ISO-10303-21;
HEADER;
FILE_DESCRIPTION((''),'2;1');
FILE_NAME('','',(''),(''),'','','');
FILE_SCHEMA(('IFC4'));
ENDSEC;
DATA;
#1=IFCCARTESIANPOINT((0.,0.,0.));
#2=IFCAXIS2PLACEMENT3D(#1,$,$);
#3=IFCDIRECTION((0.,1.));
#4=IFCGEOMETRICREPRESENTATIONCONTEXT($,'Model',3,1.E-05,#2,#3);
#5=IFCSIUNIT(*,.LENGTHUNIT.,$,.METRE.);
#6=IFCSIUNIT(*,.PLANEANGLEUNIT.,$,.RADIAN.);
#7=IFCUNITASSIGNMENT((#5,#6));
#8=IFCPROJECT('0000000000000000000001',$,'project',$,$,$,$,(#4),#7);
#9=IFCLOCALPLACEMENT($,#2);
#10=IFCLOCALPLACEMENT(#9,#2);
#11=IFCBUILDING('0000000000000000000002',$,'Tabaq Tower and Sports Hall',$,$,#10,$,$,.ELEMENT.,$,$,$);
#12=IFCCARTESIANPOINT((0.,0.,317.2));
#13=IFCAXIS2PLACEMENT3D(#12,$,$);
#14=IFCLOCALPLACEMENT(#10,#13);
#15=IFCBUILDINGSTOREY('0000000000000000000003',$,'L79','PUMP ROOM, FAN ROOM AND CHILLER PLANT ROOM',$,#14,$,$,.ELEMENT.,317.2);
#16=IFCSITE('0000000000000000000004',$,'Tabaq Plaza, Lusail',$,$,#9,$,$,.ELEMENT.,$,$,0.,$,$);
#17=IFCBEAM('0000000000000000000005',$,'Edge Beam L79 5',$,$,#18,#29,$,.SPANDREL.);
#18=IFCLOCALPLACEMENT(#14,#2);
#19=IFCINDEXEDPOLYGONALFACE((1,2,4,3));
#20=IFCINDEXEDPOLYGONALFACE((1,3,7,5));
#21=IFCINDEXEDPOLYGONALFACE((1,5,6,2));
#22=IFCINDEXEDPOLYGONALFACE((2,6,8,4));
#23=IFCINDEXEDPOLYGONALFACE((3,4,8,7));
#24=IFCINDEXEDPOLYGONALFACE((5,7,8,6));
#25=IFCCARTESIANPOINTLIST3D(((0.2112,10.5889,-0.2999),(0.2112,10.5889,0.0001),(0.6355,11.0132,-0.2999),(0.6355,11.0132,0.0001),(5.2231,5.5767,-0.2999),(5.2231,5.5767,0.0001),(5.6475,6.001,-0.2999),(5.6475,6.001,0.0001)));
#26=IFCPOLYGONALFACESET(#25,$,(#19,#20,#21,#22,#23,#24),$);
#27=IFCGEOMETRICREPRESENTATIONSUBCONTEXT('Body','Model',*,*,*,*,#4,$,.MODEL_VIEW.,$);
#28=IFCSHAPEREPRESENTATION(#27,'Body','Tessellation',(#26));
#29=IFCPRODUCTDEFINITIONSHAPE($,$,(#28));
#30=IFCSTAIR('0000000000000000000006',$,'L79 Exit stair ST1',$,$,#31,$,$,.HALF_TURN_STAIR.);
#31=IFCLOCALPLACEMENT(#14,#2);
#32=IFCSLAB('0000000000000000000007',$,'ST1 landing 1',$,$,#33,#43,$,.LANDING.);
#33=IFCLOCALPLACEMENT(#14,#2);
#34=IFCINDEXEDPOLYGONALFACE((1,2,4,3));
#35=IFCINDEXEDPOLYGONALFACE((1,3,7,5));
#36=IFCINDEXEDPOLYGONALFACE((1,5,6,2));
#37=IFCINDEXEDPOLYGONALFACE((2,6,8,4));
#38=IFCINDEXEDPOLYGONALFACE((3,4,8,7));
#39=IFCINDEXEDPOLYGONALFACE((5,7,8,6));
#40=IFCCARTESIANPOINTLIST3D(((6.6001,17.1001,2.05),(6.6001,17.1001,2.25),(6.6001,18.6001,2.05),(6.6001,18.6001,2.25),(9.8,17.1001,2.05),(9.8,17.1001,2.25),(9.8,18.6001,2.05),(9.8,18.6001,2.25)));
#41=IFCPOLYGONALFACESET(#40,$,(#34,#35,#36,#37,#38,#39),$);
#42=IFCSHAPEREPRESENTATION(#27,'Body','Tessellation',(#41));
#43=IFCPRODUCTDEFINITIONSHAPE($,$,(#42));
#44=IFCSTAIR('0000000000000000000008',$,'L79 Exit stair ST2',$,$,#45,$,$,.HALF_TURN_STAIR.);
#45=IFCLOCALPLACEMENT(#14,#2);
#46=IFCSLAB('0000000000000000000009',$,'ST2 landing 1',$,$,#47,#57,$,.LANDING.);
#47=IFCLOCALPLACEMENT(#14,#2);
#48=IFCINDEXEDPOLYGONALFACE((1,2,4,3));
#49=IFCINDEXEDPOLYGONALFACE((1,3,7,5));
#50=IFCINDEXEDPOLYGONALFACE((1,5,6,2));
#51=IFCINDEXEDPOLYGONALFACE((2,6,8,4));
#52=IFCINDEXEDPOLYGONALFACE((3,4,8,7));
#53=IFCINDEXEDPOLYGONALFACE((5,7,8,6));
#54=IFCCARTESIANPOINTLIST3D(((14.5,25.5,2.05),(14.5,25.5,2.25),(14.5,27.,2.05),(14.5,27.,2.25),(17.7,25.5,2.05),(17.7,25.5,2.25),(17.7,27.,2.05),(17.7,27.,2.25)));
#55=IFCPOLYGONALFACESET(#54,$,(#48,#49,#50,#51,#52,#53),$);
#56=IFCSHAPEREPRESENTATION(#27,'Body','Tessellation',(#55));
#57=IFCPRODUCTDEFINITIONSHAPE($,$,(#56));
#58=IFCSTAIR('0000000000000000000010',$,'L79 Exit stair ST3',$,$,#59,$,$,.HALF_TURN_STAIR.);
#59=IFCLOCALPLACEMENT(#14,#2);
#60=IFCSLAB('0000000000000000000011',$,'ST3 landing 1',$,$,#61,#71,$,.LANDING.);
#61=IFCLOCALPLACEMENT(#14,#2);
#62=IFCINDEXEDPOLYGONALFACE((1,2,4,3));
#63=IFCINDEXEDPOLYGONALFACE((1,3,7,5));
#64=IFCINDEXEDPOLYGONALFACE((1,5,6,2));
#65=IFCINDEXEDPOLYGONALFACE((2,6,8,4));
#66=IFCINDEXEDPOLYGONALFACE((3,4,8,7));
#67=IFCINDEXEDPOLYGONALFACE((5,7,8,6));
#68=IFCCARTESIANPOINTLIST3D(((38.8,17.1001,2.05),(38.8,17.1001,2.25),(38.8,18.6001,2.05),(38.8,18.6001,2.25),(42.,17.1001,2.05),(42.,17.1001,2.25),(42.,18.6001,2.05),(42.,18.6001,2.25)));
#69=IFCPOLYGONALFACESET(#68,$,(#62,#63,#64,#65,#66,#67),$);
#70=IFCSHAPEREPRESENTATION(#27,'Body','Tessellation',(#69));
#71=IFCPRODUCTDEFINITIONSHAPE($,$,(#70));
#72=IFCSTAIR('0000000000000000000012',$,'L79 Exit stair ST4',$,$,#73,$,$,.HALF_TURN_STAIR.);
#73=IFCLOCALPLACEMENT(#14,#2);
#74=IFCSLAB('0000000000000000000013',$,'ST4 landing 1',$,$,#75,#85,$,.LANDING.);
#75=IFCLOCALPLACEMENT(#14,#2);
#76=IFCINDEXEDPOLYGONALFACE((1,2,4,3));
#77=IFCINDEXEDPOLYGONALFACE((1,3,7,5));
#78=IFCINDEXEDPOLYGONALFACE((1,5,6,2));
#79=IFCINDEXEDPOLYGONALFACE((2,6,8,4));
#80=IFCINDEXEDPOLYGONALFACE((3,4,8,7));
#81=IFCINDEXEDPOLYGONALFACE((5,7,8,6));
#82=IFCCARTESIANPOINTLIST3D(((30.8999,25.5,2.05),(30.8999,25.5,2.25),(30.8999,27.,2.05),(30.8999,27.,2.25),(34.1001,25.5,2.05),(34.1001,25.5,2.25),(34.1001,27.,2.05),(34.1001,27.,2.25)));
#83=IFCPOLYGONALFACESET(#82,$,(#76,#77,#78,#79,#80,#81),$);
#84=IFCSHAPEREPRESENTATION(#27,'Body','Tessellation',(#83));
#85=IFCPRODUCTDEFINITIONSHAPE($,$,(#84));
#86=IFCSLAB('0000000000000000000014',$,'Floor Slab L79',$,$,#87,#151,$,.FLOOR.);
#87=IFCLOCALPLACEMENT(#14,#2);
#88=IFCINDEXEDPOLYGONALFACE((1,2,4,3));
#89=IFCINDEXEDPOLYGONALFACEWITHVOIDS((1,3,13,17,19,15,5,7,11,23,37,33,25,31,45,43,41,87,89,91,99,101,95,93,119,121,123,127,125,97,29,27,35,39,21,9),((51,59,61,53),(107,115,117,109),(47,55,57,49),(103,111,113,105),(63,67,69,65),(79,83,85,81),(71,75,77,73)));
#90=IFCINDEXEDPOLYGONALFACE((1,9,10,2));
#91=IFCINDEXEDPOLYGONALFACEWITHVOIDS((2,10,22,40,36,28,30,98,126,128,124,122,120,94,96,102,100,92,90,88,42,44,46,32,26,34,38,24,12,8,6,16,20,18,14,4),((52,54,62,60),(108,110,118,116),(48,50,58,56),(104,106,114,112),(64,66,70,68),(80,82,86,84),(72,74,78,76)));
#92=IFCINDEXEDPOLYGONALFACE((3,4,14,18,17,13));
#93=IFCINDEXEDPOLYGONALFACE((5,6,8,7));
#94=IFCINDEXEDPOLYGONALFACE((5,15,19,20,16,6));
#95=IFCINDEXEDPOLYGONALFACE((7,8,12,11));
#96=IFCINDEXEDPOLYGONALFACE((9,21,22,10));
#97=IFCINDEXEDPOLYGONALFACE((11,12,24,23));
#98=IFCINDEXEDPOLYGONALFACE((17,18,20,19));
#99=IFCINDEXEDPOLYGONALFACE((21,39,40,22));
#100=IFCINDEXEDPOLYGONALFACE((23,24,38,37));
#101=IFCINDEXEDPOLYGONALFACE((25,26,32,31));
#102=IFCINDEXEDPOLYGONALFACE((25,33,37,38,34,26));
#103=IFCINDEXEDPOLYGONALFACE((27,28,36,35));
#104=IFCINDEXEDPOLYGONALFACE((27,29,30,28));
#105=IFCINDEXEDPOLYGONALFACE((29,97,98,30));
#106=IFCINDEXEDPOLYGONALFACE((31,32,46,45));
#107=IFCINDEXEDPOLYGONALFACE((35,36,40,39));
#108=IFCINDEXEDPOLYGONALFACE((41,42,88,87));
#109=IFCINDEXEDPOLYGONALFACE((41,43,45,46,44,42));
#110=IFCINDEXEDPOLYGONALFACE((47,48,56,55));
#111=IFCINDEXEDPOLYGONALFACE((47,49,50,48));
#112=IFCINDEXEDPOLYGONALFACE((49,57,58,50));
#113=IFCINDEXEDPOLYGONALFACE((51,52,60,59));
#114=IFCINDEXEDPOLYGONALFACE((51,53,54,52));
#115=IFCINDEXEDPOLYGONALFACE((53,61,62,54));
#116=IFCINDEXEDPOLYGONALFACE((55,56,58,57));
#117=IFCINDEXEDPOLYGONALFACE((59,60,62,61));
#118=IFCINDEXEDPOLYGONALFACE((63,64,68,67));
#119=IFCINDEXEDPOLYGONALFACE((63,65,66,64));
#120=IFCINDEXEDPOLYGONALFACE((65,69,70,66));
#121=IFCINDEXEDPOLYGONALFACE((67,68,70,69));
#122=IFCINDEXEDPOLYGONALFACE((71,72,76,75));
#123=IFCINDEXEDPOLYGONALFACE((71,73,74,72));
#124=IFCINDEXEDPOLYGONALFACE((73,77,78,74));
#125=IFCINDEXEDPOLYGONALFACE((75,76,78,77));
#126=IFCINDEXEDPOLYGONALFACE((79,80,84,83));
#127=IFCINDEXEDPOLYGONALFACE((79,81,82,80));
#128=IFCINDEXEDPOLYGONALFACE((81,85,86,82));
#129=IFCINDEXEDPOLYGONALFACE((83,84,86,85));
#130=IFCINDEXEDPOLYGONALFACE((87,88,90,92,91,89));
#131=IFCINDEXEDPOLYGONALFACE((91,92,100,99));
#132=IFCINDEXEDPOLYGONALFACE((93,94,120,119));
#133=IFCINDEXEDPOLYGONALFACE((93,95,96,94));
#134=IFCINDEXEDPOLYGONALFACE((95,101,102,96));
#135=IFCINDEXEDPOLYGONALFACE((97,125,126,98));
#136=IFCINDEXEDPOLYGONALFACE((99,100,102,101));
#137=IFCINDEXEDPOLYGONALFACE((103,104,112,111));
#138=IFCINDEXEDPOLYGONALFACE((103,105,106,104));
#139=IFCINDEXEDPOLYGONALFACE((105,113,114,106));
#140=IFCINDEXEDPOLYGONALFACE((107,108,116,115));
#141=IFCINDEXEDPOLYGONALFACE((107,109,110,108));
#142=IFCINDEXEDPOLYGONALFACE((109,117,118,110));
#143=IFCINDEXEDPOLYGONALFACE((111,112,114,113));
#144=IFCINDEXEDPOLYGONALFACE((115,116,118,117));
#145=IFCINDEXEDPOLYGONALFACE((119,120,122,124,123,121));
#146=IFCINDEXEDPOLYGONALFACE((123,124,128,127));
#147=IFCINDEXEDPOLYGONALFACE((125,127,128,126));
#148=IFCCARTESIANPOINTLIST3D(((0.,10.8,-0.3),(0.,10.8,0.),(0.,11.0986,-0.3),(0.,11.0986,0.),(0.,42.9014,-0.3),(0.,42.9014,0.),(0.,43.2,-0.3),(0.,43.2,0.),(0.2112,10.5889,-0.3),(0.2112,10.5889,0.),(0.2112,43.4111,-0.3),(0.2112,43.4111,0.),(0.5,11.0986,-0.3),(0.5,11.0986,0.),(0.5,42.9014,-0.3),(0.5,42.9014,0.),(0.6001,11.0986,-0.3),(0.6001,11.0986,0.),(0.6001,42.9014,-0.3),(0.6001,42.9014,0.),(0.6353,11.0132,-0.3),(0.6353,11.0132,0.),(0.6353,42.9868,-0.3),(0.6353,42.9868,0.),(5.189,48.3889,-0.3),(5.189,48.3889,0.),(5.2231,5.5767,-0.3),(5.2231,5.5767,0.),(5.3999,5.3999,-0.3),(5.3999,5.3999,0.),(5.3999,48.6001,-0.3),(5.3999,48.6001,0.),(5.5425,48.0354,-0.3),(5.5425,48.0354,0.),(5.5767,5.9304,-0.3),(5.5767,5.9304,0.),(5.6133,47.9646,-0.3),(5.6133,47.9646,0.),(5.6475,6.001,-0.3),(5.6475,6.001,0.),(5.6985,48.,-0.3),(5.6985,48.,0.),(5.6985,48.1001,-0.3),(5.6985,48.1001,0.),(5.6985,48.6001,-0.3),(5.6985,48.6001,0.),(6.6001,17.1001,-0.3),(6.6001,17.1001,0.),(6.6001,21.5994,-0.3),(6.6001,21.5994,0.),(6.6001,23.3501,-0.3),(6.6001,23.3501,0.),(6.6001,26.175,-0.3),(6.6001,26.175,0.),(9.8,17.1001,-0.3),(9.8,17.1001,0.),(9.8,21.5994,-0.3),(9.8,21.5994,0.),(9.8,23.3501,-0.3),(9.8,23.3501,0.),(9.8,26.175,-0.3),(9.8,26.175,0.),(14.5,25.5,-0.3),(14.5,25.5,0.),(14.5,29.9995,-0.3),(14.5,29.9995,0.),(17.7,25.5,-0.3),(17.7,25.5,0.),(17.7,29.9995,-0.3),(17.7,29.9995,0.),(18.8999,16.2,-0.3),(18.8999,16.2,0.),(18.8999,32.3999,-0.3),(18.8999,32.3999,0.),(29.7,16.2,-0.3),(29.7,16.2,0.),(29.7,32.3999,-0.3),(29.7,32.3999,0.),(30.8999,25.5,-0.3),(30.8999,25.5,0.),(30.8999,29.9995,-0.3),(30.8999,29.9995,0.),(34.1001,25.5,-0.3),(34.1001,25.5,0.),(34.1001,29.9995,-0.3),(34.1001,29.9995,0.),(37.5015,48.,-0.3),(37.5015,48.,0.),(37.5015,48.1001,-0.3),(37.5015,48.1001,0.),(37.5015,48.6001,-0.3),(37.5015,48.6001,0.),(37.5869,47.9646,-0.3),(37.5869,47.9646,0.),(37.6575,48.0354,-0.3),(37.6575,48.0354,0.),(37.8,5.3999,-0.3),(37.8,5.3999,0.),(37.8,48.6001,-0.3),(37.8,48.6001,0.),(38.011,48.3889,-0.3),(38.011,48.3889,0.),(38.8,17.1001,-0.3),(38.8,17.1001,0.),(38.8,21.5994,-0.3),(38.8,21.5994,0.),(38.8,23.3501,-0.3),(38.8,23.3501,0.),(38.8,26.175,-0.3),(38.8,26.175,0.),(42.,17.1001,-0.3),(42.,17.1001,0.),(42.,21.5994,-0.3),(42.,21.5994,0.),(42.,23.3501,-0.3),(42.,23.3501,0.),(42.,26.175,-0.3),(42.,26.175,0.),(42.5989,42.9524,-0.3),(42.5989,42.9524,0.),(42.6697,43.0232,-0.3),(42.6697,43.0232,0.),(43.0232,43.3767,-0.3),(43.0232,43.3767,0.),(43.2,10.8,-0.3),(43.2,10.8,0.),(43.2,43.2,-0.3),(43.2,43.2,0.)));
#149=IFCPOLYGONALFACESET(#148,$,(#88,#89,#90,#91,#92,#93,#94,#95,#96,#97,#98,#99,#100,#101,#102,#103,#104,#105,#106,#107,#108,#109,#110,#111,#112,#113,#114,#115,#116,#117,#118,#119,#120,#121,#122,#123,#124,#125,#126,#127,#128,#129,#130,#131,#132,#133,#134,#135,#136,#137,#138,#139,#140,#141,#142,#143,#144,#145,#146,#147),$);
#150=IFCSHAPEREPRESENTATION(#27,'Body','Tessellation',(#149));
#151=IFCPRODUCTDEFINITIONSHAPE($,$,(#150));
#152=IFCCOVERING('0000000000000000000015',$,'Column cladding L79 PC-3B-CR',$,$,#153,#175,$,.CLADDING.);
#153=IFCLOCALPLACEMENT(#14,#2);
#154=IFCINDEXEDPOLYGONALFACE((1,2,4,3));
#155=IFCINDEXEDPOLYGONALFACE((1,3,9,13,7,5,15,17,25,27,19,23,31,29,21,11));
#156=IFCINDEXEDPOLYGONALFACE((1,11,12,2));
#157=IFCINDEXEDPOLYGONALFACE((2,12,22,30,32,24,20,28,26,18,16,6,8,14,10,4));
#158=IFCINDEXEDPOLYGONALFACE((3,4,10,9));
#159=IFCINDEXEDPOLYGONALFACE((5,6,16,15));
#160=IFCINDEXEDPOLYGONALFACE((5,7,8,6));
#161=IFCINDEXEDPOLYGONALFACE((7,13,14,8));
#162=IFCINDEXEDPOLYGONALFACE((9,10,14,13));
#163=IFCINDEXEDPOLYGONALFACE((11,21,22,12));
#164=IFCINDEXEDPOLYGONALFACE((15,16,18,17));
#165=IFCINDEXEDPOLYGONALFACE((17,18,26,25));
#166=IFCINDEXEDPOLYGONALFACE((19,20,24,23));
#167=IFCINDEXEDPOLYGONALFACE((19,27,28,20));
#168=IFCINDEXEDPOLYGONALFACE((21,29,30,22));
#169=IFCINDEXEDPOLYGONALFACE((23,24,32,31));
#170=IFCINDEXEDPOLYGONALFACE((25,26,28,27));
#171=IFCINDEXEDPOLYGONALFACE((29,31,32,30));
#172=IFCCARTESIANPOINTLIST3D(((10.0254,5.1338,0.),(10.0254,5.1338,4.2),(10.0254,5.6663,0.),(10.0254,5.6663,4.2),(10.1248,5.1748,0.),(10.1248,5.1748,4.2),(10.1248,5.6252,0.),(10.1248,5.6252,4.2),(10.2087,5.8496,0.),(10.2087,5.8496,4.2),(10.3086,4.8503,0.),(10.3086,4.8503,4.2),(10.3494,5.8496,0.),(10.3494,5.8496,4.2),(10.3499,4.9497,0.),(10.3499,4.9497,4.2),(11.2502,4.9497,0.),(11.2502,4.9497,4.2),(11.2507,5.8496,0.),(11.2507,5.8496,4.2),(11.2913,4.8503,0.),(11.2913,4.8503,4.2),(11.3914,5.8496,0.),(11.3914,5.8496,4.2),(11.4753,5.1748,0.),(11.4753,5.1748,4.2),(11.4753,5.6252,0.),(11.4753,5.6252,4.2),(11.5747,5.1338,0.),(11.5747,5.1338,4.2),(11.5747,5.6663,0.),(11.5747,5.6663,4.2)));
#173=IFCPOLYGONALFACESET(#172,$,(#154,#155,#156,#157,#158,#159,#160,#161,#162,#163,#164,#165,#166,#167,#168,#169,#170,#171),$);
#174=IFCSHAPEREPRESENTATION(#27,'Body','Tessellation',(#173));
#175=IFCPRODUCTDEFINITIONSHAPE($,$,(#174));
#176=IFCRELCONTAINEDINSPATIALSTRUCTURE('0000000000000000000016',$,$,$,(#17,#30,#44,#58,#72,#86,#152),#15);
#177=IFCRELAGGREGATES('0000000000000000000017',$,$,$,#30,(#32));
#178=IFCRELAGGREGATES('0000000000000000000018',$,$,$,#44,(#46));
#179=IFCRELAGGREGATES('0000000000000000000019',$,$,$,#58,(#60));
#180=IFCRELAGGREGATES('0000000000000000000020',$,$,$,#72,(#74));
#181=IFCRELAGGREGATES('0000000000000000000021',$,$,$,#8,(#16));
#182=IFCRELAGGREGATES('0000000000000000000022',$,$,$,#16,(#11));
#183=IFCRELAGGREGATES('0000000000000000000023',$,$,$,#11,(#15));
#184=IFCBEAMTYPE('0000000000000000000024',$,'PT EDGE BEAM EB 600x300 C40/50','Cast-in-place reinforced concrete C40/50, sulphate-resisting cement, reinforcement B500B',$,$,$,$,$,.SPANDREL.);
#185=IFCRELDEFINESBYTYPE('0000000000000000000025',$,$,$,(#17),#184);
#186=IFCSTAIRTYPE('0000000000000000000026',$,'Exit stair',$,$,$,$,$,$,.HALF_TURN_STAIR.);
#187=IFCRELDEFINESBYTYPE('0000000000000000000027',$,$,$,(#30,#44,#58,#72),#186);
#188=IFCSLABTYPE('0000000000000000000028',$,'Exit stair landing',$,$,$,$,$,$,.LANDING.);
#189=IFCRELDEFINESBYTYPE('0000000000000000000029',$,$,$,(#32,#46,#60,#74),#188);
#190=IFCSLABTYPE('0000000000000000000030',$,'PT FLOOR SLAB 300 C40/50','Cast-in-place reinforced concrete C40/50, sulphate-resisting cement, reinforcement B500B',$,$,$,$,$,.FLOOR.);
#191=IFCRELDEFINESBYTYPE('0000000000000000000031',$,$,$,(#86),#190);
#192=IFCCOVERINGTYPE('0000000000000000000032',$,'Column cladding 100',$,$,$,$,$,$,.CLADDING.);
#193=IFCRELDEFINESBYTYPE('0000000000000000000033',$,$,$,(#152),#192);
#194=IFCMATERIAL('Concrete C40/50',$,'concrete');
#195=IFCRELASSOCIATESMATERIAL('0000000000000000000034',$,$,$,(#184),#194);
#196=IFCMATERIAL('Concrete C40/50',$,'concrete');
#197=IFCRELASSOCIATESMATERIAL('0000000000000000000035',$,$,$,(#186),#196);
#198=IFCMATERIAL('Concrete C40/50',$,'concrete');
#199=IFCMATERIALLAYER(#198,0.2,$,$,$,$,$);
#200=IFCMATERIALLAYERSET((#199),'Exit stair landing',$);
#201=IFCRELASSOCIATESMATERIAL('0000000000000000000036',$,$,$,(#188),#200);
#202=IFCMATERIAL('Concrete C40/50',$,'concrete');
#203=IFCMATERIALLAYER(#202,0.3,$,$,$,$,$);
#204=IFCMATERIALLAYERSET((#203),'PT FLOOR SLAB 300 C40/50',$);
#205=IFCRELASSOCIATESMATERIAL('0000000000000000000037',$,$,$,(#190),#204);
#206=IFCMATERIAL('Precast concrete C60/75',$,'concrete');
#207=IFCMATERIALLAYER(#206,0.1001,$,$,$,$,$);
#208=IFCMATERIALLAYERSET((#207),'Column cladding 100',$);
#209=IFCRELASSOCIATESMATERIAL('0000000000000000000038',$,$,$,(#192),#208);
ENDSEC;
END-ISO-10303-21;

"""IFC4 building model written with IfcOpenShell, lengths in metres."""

from ifc_helpers import new_model, si_unit, direction, frame, origin, origin_2d, place, context, subcontext, project, spatial, polyline, rectangle, outline, extrude, material, layer, layer_set, material_profile, profile_set, type_object, element, aggregate, save


model = new_model("IFC4")

# Units and contexts
model_context = context("Model", 3, precision=1e-05, world=origin(), true_north=direction((0.0, 1.0)))
body_context = subcontext(model_context, "Body", "Model", "MODEL_VIEW")
ifc_project = project(units=[si_unit("LENGTHUNIT", "METRE"), si_unit("PLANEANGLEUNIT", "RADIAN")], contexts=[model_context])

# Site, building, storey
site_placement = place(None, origin())
site = spatial("IfcSite", under=ifc_project, at=site_placement, Name="Tabaq Plaza, Lusail", CompositionType="ELEMENT", RefElevation=0.0)
building_placement = place(site_placement, origin())
building = spatial("IfcBuilding", under=site, at=building_placement, Name="Tabaq Tower and Sports Hall", CompositionType="ELEMENT")
storey_placement = place(building_placement, frame((0.0, 0.0, 317.2)))
storey = spatial("IfcBuildingStorey", under=building, at=storey_placement, Name="L79", Description="PUMP ROOM, FAN ROOM AND CHILLER PLANT ROOM", CompositionType="ELEMENT", Elevation=317.2)

# Beam
ifc_material_1 = material(Name="Concrete C40/50", Category="concrete")
ifc_material_profile = material_profile(ifc_material_1, rectangle(XDim=0.6001, YDim=0.3, at=origin_2d()), Name="EB 600x300")
ifc_profile_set = profile_set([ifc_material_profile], Name="Concrete C40/50")
beam_type = type_object("IfcBeamType", Name="PT EDGE BEAM EB 600x300 C40/50", Description="Cast-in-place reinforced concrete C40/50, sulphate-resisting cement, reinforcement B500B", PredefinedType="SPANDREL", material=ifc_profile_set)
beam_placement = place(storey_placement, frame((0.4233, 10.801, -0.1499), z_axis=(0.70709, -0.707124, 0.0), x_axis=(0.707124, 0.70709, 0.0)))
element("IfcBeam", 1, at=beam_placement, inside=storey, type_object=beam_type, Name="Edge Beam L79 5", PredefinedType="SPANDREL", context=body_context, shape_type="SweptSolid", body=[
    extrude(rectangle(XDim=0.6001, YDim=0.3, at=origin_2d()), origin(), (0.0, 0.0, 1.0), 7.0881),
])

# Stairs, slabs
ifc_material_2 = material(Name="Concrete C40/50", Category="concrete")
stair_type = type_object("IfcStairType", Name="Exit stair", PredefinedType="HALF_TURN_STAIR", material=ifc_material_2)
stair_1_placement = place(storey_placement, origin())
stair_1 = element("IfcStair", 2, at=stair_1_placement, inside=storey, type_object=stair_type, Name="L79 Exit stair ST1", PredefinedType="HALF_TURN_STAIR")
ifc_material_3 = material(Name="Concrete C40/50", Category="concrete")
ifc_layer_1 = layer(ifc_material_3, 0.2)
ifc_layer_set_1 = layer_set([ifc_layer_1], Name="Exit stair landing")
slab_type_1 = type_object("IfcSlabType", Name="Exit stair landing", PredefinedType="LANDING", material=ifc_layer_set_1)
slab_1_placement = place(storey_placement, frame((0.0, 0.0, 2.05)))
slab_1 = element("IfcSlab", 3, at=slab_1_placement, type_object=slab_type_1, Name="ST1 landing 1", PredefinedType="LANDING", context=body_context, shape_type="SweptSolid", body=[
    extrude(outline(polyline([(6.6001, 18.6001), (6.6001, 17.1001), (9.8, 17.1001), (9.8, 18.6001), (6.6001, 18.6001)])), origin(), (0.0, 0.0, 1.0), 0.2),
])
aggregate(stair_1, [slab_1])
stair_2_placement = place(storey_placement, origin())
stair_2 = element("IfcStair", 4, at=stair_2_placement, inside=storey, type_object=stair_type, Name="L79 Exit stair ST2", PredefinedType="HALF_TURN_STAIR")
slab_2_placement = place(storey_placement, frame((0.0, 0.0, 2.05)))
slab_2 = element("IfcSlab", 5, at=slab_2_placement, type_object=slab_type_1, Name="ST2 landing 1", PredefinedType="LANDING", context=body_context, shape_type="SweptSolid", body=[
    extrude(outline(polyline([(14.5, 27.0), (14.5, 25.5), (17.7, 25.5), (17.7, 27.0), (14.5, 27.0)])), origin(), (0.0, 0.0, 1.0), 0.2),
])
aggregate(stair_2, [slab_2])
stair_3_placement = place(storey_placement, origin())
stair_3 = element("IfcStair", 6, at=stair_3_placement, inside=storey, type_object=stair_type, Name="L79 Exit stair ST3", PredefinedType="HALF_TURN_STAIR")
slab_3_placement = place(storey_placement, frame((0.0, 0.0, 2.05)))
slab_3 = element("IfcSlab", 7, at=slab_3_placement, type_object=slab_type_1, Name="ST3 landing 1", PredefinedType="LANDING", context=body_context, shape_type="SweptSolid", body=[
    extrude(outline(polyline([(38.8, 18.6001), (38.8, 17.1001), (42.0, 17.1001), (42.0, 18.6001), (38.8, 18.6001)])), origin(), (0.0, 0.0, 1.0), 0.2),
])
aggregate(stair_3, [slab_3])
stair_4_placement = place(storey_placement, origin())
stair_4 = element("IfcStair", 8, at=stair_4_placement, inside=storey, type_object=stair_type, Name="L79 Exit stair ST4", PredefinedType="HALF_TURN_STAIR")
slab_4_placement = place(storey_placement, frame((0.0, 0.0, 2.05)))
slab_4 = element("IfcSlab", 9, at=slab_4_placement, type_object=slab_type_1, Name="ST4 landing 1", PredefinedType="LANDING", context=body_context, shape_type="SweptSolid", body=[
    extrude(outline(polyline([(30.8999, 27.0), (30.8999, 25.5), (34.1001, 25.5), (34.1001, 27.0), (30.8999, 27.0)])), origin(), (0.0, 0.0, 1.0), 0.2),
])
aggregate(stair_4, [slab_4])

# Slab
ifc_material_4 = material(Name="Concrete C40/50", Category="concrete")
ifc_layer_2 = layer(ifc_material_4, 0.3)
ifc_layer_set_2 = layer_set([ifc_layer_2], Name="PT FLOOR SLAB 300 C40/50")
slab_type_2 = type_object("IfcSlabType", Name="PT FLOOR SLAB 300 C40/50", Description="Cast-in-place reinforced concrete C40/50, sulphate-resisting cement, reinforcement B500B", PredefinedType="FLOOR", material=ifc_layer_set_2)
slab_5_placement = place(storey_placement, frame((0.0, 0.0, -0.3)))
element("IfcSlab", 10, at=slab_5_placement, inside=storey, type_object=slab_type_2, Name="Floor Slab L79", PredefinedType="FLOOR", context=body_context, shape_type="SweptSolid", body=[
    extrude(outline(polyline([(0.0, 11.0986), (0.0, 10.8), (0.2112, 10.5889), (0.6353, 11.0132), (5.6475, 6.001), (5.5767, 5.9304), (5.2231, 5.5767), (5.3999, 5.3999), (37.8, 5.3999), (43.2, 10.8), (43.2, 43.2), (43.0232, 43.3767), (42.6697, 43.0232), (42.5989, 42.9524), (37.5869, 47.9646), (37.6575, 48.0354), (38.011, 48.3889), (37.8, 48.6001), (37.5015, 48.6001), (37.5015, 48.1001), (37.5015, 48.0), (5.6985, 48.0), (5.6985, 48.1001), (5.6985, 48.6001), (5.3999, 48.6001), (5.189, 48.3889), (5.5425, 48.0354), (5.6133, 47.9646), (0.6353, 42.9868), (0.2112, 43.4111), (0.0, 43.2), (0.0, 42.9014), (0.5, 42.9014), (0.6001, 42.9014), (0.6001, 11.0986), (0.5, 11.0986), (0.0, 11.0986)]), holes=[polyline([(6.6001, 17.1001), (6.6001, 21.5994), (9.8, 21.5994), (9.8, 17.1001), (6.6001, 17.1001)]), polyline([(38.8, 21.5994), (42.0, 21.5994), (42.0, 17.1001), (38.8, 17.1001), (38.8, 21.5994)]), polyline([(18.8999, 16.2), (18.8999, 32.3999), (29.7, 32.3999), (29.7, 16.2), (18.8999, 16.2)]), polyline([(6.6001, 26.175), (9.8, 26.175), (9.8, 23.3501), (6.6001, 23.3501), (6.6001, 26.175)]), polyline([(38.8, 26.175), (42.0, 26.175), (42.0, 23.3501), (38.8, 23.3501), (38.8, 26.175)]), polyline([(14.5, 29.9995), (17.7, 29.9995), (17.7, 25.5), (14.5, 25.5), (14.5, 29.9995)]), polyline([(30.8999, 29.9995), (34.1001, 29.9995), (34.1001, 25.5), (30.8999, 25.5), (30.8999, 29.9995)])]), origin(), (0.0, 0.0, 1.0), 0.3),
])

# Covering
ifc_material_5 = material(Name="Precast concrete C60/75", Category="concrete")
ifc_layer_3 = layer(ifc_material_5, 0.1001)
ifc_layer_set_3 = layer_set([ifc_layer_3], Name="Column cladding 100")
covering_type_1 = type_object("IfcCoveringType", Name="Column cladding 100", PredefinedType="CLADDING", material=ifc_layer_set_3)
covering_1_placement = place(storey_placement, origin())
element("IfcCovering", 11, at=covering_1_placement, inside=storey, type_object=covering_type_1, Name="Column cladding L79 PC-3B-CR", PredefinedType="CLADDING", context=body_context, shape_type="SweptSolid", body=[
    extrude(outline(polyline([(10.0254, 5.6663), (10.2087, 5.8496), (10.3494, 5.8496), (10.1248, 5.6252), (10.1248, 5.1748), (10.3499, 4.9497), (11.2502, 4.9497), (11.4753, 5.1748), (11.4753, 5.6252), (11.2507, 5.8496), (11.3914, 5.8496), (11.5747, 5.6663), (11.5747, 5.1338), (11.2913, 4.8503), (10.3086, 4.8503), (10.0254, 5.1338), (10.0254, 5.6663)])), origin(), (0.0, 0.0, 1.0), 4.2),
])

save(model, "model.ifc")
